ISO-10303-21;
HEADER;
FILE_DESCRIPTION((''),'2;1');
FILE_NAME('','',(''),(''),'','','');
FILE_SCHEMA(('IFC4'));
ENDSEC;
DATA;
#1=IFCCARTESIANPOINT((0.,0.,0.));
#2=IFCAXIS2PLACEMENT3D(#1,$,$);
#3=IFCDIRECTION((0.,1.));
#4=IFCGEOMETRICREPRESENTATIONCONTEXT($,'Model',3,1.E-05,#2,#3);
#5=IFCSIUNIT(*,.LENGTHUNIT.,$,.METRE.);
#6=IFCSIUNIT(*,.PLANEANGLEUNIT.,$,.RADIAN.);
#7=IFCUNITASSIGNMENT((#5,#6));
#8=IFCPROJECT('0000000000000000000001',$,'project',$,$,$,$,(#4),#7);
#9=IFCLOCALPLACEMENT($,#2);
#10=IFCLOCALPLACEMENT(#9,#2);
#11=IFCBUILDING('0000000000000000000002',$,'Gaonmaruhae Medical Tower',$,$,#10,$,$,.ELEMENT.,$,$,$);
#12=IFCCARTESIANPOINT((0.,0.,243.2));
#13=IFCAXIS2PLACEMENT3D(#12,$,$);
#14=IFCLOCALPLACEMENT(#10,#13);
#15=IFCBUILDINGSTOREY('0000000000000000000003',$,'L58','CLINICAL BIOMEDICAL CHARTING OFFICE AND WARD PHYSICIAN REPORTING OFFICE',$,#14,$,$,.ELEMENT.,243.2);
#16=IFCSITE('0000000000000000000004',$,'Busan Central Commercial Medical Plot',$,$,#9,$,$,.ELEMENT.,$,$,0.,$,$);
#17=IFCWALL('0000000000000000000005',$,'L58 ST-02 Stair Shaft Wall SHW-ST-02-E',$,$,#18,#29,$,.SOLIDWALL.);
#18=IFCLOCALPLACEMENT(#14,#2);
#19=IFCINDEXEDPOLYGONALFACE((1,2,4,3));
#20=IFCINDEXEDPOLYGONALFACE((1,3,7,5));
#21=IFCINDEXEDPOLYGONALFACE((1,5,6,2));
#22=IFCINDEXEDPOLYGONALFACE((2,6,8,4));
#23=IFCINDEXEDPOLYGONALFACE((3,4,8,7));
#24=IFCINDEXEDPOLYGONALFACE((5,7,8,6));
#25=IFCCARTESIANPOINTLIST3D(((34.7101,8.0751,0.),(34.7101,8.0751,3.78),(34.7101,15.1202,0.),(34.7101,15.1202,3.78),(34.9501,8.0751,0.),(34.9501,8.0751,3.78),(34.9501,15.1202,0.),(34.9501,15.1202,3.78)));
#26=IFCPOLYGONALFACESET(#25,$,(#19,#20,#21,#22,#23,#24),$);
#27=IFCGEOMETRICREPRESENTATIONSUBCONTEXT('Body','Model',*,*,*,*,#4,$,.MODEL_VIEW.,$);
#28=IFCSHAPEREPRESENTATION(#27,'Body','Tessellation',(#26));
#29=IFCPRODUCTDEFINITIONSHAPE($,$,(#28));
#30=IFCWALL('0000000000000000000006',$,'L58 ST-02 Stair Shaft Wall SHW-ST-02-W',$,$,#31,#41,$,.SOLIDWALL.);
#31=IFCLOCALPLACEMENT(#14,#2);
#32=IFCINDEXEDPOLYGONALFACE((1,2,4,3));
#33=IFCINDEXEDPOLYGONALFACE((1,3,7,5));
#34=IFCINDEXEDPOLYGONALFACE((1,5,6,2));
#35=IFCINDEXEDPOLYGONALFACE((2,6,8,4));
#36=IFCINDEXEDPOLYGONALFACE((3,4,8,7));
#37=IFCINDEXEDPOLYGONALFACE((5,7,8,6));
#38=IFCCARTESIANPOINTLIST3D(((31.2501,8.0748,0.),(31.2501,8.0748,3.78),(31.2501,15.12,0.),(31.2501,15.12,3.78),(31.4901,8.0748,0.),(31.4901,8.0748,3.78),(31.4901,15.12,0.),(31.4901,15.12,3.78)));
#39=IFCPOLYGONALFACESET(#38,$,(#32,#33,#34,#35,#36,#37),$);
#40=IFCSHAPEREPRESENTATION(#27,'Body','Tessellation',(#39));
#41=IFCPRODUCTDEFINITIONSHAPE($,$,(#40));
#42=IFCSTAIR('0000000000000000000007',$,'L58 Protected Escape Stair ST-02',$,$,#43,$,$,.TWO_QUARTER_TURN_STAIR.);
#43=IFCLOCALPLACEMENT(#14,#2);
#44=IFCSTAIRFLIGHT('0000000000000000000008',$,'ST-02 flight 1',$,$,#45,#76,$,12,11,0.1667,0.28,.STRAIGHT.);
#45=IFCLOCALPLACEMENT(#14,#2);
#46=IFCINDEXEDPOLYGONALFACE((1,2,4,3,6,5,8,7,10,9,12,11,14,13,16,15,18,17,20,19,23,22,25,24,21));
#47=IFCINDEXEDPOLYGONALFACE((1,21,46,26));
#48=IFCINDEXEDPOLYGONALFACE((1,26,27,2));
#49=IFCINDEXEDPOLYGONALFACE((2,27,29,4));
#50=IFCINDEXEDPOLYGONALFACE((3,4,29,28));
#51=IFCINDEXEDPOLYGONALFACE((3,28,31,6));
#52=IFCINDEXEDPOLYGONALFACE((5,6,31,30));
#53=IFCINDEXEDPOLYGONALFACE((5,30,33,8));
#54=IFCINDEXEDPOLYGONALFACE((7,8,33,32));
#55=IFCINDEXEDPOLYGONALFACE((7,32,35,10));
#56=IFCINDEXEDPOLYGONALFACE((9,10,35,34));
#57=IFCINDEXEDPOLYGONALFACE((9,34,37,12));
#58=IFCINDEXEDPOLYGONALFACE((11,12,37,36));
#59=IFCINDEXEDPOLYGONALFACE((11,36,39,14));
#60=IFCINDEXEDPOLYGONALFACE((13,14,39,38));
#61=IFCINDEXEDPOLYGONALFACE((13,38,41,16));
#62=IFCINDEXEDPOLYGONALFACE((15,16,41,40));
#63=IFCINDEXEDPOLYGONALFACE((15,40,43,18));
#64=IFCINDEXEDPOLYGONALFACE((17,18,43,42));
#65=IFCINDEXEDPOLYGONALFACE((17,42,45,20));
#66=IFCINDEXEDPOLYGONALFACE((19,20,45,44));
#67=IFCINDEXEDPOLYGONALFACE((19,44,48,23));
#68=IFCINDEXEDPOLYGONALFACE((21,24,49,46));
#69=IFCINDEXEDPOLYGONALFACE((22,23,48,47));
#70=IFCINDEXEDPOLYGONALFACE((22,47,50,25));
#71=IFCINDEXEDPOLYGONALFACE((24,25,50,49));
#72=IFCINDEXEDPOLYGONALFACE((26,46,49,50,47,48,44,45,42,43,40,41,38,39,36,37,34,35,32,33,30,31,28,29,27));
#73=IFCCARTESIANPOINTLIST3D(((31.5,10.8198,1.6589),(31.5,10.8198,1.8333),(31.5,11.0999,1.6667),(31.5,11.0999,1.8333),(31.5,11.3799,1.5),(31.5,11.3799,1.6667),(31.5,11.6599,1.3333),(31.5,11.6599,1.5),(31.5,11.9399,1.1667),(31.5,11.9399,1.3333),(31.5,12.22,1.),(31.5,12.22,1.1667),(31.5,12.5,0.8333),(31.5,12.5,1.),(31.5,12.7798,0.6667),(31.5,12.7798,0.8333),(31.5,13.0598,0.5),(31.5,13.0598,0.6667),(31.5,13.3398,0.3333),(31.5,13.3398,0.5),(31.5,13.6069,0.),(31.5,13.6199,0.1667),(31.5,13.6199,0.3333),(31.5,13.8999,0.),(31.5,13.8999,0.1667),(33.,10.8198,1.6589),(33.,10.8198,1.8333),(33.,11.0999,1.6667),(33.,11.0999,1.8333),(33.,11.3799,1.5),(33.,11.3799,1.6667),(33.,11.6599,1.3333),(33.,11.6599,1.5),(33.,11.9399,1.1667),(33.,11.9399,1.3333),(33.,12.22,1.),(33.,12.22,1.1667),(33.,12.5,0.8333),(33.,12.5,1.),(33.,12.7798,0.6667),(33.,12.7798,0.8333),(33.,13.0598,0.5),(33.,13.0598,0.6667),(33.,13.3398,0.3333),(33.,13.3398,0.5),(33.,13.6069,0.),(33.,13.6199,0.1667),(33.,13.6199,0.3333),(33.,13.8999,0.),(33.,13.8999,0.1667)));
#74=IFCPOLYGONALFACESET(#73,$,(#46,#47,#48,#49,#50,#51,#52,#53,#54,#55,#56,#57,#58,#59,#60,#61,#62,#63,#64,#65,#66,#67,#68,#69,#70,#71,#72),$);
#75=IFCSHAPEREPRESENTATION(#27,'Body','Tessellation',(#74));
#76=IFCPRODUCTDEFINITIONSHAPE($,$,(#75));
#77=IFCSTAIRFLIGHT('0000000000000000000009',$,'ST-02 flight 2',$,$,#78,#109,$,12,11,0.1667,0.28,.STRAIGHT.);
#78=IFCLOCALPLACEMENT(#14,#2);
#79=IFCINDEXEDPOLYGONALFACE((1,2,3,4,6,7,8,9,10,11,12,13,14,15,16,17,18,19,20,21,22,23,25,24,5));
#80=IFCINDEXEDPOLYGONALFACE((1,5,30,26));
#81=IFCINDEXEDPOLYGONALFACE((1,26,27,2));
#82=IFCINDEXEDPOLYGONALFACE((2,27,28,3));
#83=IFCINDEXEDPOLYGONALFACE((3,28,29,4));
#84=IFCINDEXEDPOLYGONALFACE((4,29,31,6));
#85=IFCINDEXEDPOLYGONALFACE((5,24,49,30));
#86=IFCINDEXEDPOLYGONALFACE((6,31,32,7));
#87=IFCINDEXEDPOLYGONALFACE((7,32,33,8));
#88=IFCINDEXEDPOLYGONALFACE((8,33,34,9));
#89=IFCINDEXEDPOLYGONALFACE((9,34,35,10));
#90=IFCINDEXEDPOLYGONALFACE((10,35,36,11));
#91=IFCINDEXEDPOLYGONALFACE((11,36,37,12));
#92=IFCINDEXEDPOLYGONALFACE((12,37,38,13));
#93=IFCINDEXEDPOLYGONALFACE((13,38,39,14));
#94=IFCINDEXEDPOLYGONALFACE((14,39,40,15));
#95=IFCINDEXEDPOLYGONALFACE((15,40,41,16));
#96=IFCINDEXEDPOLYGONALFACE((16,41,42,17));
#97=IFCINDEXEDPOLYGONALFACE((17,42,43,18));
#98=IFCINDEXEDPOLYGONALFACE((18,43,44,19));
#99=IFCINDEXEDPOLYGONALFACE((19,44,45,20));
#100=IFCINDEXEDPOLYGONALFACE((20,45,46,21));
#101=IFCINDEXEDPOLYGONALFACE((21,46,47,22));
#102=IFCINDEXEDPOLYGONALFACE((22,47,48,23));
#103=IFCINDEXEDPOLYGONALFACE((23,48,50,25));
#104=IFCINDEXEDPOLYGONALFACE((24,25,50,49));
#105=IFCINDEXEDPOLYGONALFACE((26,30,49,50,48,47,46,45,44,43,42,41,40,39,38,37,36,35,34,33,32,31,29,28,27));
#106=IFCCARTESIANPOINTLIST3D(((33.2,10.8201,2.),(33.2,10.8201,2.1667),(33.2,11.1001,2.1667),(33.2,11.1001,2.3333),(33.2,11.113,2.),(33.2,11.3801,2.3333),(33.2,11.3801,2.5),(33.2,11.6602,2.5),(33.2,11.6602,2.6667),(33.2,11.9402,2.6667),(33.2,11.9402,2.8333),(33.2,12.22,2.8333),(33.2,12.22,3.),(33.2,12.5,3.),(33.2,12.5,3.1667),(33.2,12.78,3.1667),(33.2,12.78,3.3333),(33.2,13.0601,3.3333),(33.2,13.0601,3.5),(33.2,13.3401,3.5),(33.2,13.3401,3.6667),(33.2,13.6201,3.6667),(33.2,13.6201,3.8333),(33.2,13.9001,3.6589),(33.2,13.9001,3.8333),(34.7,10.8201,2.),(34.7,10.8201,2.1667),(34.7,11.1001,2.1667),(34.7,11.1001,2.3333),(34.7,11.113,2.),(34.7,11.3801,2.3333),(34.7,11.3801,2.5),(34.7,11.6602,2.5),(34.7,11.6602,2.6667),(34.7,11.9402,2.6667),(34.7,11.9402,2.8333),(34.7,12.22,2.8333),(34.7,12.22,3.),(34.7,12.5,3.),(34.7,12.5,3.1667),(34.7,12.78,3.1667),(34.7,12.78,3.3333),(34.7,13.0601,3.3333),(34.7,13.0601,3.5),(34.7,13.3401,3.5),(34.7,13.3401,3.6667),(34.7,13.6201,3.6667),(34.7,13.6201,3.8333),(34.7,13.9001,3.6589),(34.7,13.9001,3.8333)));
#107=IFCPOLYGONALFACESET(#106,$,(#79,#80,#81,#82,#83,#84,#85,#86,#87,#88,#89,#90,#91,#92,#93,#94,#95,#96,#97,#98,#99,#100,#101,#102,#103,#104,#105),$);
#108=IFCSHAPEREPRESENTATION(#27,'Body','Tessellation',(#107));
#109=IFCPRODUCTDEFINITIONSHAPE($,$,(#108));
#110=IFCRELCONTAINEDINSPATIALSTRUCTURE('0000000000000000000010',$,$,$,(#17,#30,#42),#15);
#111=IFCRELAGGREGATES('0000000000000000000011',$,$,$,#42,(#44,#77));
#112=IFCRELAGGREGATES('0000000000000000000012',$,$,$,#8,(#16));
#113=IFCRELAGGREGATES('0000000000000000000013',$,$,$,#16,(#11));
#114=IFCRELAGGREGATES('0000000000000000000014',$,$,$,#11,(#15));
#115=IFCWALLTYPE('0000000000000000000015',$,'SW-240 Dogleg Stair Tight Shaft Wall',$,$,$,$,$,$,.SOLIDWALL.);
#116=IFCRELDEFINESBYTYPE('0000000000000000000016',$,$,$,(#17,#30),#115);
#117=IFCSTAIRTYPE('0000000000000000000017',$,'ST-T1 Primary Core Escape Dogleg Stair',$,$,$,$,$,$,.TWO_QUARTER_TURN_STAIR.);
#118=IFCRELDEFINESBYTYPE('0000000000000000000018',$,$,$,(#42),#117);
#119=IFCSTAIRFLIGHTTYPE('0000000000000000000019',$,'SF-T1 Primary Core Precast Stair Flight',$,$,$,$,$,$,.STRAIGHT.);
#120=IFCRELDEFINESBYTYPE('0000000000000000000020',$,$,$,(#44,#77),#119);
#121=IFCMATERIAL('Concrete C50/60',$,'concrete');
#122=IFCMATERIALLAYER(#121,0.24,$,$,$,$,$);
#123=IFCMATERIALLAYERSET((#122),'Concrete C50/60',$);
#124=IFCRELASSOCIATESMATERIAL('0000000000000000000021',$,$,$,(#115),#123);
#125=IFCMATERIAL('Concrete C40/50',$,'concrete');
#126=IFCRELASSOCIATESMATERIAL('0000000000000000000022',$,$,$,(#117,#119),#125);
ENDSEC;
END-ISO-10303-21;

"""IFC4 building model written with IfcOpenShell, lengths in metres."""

from ifc_helpers import new_model, si_unit, direction, frame, frame_2d, origin, place, context, subcontext, project, spatial, polyline, rectangle, outline, extrude, material, layer, layer_set, type_object, element, aggregate, save


model = new_model("IFC4")

# Units and contexts
model_context = context("Model", 3, precision=1e-05, world=origin(), true_north=direction((0.0, 1.0)))
body_context = subcontext(model_context, "Body", "Model", "MODEL_VIEW")
ifc_project = project(units=[si_unit("LENGTHUNIT", "METRE"), si_unit("PLANEANGLEUNIT", "RADIAN")], contexts=[model_context])

# Site, building, storey
site_placement = place(None, origin())
site = spatial("IfcSite", under=ifc_project, at=site_placement, Name="Busan Central Commercial Medical Plot", CompositionType="ELEMENT", RefElevation=0.0)
building_placement = place(site_placement, origin())
building = spatial("IfcBuilding", under=site, at=building_placement, Name="Gaonmaruhae Medical Tower", CompositionType="ELEMENT")
storey_placement = place(building_placement, frame((0.0, 0.0, 243.2)))
storey = spatial("IfcBuildingStorey", under=building, at=storey_placement, Name="L58", Description="CLINICAL BIOMEDICAL CHARTING OFFICE AND WARD PHYSICIAN REPORTING OFFICE", CompositionType="ELEMENT", Elevation=243.2)

# Shared definitions
ifc_material_1 = material(Name="Concrete C50/60", Category="concrete")

# Shared definitions
ifc_layer_1 = layer(ifc_material_1, 0.24)
ifc_layer_set_1 = layer_set([ifc_layer_1], Name="Concrete C50/60")
wall_type_1 = type_object("IfcWallType", Name="SW-240 Dogleg Stair Tight Shaft Wall", PredefinedType="SOLIDWALL", material=ifc_layer_set_1)

# Walls
for number, where, z_axis, x_axis, name in (
    (1, (34.8301, 15.1201, 0.0), (0.0, 0.0, 1.0), (0.0, -1.0, 0.0), "L58 ST-02 Stair Shaft Wall SHW-ST-02-E"),
    (2, (31.3701, 8.075, 0.0), (0.0, 0.0, 1.0), (0.0, 1.0, 0.0), "L58 ST-02 Stair Shaft Wall SHW-ST-02-W"),
):
    element("IfcWall", number, at=place(storey_placement, frame(where, z_axis=z_axis, x_axis=x_axis)), inside=storey, type_object=wall_type_1, Name=name, PredefinedType="SOLIDWALL", context=body_context, shape_type="SweptSolid", body=[
        extrude(rectangle(XDim=7.0452, YDim=0.24, at=frame_2d((3.5225, 0.0))), origin(), (0.0, 0.0, 1.0), 3.78),
    ])

# Stair, stair flights
ifc_material_2 = material(Name="Concrete C40/50", Category="concrete")
stair_type = type_object("IfcStairType", Name="ST-T1 Primary Core Escape Dogleg Stair", PredefinedType="TWO_QUARTER_TURN_STAIR", material=ifc_material_2)
stair_placement = place(storey_placement, origin())
stair = element("IfcStair", 3, at=stair_placement, inside=storey, type_object=stair_type, Name="L58 Protected Escape Stair ST-02", PredefinedType="TWO_QUARTER_TURN_STAIR")
stair_flight_type = type_object("IfcStairFlightType", Name="SF-T1 Primary Core Precast Stair Flight", PredefinedType="STRAIGHT", material=ifc_material_2)
stair_flight_1_placement = place(storey_placement, frame((32.25, 13.8999, 0.0), z_axis=(0.0, 0.0, 1.0), x_axis=(0.0, -1.0, 0.0)))
stair_flight_1 = element("IfcStairFlight", 4, at=stair_flight_1_placement, type_object=stair_flight_type, Name="ST-02 flight 1", NumberOfRisers=12, NumberOfTreads=11, PredefinedType="STRAIGHT", RiserHeight=0.1667, TreadLength=0.28, context=body_context, shape_type="SweptSolid", body=[
    extrude(outline(polyline([(0.0, 0.0), (0.0, 0.1667), (0.28, 0.1667), (0.28, 0.3333), (0.5601, 0.3333), (0.5601, 0.5), (0.8401, 0.5), (0.8401, 0.6667), (1.1201, 0.6667), (1.1201, 0.8333), (1.3999, 0.8333), (1.3999, 1.0), (1.6799, 1.0), (1.6799, 1.1667), (1.96, 1.1667), (1.96, 1.3333), (2.24, 1.3333), (2.24, 1.5), (2.52, 1.5), (2.52, 1.6667), (2.8, 1.6667), (2.8, 1.8333), (3.0801, 1.8333), (3.0801, 2.0), (3.0801, 1.6589), (0.293, 0.0), (0.0, 0.0)])), frame((0.0, 0.75, 0.0), z_axis=(0.0, -1.0, 0.0), x_axis=(1.0, 0.0, 0.0)), (0.0, 0.0, 1.0), 1.5),
])
stair_flight_2_placement = place(storey_placement, frame((33.95, 10.8201, 2.0), z_axis=(0.0, 0.0, 1.0), x_axis=(0.0, 1.0, 0.0)))
stair_flight_2 = element("IfcStairFlight", 5, at=stair_flight_2_placement, type_object=stair_flight_type, Name="ST-02 flight 2", NumberOfRisers=12, NumberOfTreads=11, PredefinedType="STRAIGHT", RiserHeight=0.1667, TreadLength=0.28, context=body_context, shape_type="SweptSolid", body=[
    extrude(outline(polyline([(0.0, 0.0), (0.0, 0.1667), (0.28, 0.1667), (0.28, 0.3333), (0.5601, 0.3333), (0.5601, 0.5), (0.8401, 0.5), (0.8401, 0.6667), (1.1201, 0.6667), (1.1201, 0.8333), (1.3999, 0.8333), (1.3999, 1.0), (1.6799, 1.0), (1.6799, 1.1667), (1.96, 1.1667), (1.96, 1.3333), (2.24, 1.3333), (2.24, 1.5), (2.52, 1.5), (2.52, 1.6667), (2.8, 1.6667), (2.8, 1.8333), (3.0801, 1.8333), (3.0801, 2.0), (3.0801, 1.6589), (0.293, 0.0), (0.0, 0.0)])), frame((0.0, 0.75, 0.0), z_axis=(0.0, -1.0, 0.0), x_axis=(1.0, 0.0, 0.0)), (0.0, 0.0, 1.0), 1.5),
])
aggregate(stair, [stair_flight_1, stair_flight_2])

save(model, "model.ifc")
